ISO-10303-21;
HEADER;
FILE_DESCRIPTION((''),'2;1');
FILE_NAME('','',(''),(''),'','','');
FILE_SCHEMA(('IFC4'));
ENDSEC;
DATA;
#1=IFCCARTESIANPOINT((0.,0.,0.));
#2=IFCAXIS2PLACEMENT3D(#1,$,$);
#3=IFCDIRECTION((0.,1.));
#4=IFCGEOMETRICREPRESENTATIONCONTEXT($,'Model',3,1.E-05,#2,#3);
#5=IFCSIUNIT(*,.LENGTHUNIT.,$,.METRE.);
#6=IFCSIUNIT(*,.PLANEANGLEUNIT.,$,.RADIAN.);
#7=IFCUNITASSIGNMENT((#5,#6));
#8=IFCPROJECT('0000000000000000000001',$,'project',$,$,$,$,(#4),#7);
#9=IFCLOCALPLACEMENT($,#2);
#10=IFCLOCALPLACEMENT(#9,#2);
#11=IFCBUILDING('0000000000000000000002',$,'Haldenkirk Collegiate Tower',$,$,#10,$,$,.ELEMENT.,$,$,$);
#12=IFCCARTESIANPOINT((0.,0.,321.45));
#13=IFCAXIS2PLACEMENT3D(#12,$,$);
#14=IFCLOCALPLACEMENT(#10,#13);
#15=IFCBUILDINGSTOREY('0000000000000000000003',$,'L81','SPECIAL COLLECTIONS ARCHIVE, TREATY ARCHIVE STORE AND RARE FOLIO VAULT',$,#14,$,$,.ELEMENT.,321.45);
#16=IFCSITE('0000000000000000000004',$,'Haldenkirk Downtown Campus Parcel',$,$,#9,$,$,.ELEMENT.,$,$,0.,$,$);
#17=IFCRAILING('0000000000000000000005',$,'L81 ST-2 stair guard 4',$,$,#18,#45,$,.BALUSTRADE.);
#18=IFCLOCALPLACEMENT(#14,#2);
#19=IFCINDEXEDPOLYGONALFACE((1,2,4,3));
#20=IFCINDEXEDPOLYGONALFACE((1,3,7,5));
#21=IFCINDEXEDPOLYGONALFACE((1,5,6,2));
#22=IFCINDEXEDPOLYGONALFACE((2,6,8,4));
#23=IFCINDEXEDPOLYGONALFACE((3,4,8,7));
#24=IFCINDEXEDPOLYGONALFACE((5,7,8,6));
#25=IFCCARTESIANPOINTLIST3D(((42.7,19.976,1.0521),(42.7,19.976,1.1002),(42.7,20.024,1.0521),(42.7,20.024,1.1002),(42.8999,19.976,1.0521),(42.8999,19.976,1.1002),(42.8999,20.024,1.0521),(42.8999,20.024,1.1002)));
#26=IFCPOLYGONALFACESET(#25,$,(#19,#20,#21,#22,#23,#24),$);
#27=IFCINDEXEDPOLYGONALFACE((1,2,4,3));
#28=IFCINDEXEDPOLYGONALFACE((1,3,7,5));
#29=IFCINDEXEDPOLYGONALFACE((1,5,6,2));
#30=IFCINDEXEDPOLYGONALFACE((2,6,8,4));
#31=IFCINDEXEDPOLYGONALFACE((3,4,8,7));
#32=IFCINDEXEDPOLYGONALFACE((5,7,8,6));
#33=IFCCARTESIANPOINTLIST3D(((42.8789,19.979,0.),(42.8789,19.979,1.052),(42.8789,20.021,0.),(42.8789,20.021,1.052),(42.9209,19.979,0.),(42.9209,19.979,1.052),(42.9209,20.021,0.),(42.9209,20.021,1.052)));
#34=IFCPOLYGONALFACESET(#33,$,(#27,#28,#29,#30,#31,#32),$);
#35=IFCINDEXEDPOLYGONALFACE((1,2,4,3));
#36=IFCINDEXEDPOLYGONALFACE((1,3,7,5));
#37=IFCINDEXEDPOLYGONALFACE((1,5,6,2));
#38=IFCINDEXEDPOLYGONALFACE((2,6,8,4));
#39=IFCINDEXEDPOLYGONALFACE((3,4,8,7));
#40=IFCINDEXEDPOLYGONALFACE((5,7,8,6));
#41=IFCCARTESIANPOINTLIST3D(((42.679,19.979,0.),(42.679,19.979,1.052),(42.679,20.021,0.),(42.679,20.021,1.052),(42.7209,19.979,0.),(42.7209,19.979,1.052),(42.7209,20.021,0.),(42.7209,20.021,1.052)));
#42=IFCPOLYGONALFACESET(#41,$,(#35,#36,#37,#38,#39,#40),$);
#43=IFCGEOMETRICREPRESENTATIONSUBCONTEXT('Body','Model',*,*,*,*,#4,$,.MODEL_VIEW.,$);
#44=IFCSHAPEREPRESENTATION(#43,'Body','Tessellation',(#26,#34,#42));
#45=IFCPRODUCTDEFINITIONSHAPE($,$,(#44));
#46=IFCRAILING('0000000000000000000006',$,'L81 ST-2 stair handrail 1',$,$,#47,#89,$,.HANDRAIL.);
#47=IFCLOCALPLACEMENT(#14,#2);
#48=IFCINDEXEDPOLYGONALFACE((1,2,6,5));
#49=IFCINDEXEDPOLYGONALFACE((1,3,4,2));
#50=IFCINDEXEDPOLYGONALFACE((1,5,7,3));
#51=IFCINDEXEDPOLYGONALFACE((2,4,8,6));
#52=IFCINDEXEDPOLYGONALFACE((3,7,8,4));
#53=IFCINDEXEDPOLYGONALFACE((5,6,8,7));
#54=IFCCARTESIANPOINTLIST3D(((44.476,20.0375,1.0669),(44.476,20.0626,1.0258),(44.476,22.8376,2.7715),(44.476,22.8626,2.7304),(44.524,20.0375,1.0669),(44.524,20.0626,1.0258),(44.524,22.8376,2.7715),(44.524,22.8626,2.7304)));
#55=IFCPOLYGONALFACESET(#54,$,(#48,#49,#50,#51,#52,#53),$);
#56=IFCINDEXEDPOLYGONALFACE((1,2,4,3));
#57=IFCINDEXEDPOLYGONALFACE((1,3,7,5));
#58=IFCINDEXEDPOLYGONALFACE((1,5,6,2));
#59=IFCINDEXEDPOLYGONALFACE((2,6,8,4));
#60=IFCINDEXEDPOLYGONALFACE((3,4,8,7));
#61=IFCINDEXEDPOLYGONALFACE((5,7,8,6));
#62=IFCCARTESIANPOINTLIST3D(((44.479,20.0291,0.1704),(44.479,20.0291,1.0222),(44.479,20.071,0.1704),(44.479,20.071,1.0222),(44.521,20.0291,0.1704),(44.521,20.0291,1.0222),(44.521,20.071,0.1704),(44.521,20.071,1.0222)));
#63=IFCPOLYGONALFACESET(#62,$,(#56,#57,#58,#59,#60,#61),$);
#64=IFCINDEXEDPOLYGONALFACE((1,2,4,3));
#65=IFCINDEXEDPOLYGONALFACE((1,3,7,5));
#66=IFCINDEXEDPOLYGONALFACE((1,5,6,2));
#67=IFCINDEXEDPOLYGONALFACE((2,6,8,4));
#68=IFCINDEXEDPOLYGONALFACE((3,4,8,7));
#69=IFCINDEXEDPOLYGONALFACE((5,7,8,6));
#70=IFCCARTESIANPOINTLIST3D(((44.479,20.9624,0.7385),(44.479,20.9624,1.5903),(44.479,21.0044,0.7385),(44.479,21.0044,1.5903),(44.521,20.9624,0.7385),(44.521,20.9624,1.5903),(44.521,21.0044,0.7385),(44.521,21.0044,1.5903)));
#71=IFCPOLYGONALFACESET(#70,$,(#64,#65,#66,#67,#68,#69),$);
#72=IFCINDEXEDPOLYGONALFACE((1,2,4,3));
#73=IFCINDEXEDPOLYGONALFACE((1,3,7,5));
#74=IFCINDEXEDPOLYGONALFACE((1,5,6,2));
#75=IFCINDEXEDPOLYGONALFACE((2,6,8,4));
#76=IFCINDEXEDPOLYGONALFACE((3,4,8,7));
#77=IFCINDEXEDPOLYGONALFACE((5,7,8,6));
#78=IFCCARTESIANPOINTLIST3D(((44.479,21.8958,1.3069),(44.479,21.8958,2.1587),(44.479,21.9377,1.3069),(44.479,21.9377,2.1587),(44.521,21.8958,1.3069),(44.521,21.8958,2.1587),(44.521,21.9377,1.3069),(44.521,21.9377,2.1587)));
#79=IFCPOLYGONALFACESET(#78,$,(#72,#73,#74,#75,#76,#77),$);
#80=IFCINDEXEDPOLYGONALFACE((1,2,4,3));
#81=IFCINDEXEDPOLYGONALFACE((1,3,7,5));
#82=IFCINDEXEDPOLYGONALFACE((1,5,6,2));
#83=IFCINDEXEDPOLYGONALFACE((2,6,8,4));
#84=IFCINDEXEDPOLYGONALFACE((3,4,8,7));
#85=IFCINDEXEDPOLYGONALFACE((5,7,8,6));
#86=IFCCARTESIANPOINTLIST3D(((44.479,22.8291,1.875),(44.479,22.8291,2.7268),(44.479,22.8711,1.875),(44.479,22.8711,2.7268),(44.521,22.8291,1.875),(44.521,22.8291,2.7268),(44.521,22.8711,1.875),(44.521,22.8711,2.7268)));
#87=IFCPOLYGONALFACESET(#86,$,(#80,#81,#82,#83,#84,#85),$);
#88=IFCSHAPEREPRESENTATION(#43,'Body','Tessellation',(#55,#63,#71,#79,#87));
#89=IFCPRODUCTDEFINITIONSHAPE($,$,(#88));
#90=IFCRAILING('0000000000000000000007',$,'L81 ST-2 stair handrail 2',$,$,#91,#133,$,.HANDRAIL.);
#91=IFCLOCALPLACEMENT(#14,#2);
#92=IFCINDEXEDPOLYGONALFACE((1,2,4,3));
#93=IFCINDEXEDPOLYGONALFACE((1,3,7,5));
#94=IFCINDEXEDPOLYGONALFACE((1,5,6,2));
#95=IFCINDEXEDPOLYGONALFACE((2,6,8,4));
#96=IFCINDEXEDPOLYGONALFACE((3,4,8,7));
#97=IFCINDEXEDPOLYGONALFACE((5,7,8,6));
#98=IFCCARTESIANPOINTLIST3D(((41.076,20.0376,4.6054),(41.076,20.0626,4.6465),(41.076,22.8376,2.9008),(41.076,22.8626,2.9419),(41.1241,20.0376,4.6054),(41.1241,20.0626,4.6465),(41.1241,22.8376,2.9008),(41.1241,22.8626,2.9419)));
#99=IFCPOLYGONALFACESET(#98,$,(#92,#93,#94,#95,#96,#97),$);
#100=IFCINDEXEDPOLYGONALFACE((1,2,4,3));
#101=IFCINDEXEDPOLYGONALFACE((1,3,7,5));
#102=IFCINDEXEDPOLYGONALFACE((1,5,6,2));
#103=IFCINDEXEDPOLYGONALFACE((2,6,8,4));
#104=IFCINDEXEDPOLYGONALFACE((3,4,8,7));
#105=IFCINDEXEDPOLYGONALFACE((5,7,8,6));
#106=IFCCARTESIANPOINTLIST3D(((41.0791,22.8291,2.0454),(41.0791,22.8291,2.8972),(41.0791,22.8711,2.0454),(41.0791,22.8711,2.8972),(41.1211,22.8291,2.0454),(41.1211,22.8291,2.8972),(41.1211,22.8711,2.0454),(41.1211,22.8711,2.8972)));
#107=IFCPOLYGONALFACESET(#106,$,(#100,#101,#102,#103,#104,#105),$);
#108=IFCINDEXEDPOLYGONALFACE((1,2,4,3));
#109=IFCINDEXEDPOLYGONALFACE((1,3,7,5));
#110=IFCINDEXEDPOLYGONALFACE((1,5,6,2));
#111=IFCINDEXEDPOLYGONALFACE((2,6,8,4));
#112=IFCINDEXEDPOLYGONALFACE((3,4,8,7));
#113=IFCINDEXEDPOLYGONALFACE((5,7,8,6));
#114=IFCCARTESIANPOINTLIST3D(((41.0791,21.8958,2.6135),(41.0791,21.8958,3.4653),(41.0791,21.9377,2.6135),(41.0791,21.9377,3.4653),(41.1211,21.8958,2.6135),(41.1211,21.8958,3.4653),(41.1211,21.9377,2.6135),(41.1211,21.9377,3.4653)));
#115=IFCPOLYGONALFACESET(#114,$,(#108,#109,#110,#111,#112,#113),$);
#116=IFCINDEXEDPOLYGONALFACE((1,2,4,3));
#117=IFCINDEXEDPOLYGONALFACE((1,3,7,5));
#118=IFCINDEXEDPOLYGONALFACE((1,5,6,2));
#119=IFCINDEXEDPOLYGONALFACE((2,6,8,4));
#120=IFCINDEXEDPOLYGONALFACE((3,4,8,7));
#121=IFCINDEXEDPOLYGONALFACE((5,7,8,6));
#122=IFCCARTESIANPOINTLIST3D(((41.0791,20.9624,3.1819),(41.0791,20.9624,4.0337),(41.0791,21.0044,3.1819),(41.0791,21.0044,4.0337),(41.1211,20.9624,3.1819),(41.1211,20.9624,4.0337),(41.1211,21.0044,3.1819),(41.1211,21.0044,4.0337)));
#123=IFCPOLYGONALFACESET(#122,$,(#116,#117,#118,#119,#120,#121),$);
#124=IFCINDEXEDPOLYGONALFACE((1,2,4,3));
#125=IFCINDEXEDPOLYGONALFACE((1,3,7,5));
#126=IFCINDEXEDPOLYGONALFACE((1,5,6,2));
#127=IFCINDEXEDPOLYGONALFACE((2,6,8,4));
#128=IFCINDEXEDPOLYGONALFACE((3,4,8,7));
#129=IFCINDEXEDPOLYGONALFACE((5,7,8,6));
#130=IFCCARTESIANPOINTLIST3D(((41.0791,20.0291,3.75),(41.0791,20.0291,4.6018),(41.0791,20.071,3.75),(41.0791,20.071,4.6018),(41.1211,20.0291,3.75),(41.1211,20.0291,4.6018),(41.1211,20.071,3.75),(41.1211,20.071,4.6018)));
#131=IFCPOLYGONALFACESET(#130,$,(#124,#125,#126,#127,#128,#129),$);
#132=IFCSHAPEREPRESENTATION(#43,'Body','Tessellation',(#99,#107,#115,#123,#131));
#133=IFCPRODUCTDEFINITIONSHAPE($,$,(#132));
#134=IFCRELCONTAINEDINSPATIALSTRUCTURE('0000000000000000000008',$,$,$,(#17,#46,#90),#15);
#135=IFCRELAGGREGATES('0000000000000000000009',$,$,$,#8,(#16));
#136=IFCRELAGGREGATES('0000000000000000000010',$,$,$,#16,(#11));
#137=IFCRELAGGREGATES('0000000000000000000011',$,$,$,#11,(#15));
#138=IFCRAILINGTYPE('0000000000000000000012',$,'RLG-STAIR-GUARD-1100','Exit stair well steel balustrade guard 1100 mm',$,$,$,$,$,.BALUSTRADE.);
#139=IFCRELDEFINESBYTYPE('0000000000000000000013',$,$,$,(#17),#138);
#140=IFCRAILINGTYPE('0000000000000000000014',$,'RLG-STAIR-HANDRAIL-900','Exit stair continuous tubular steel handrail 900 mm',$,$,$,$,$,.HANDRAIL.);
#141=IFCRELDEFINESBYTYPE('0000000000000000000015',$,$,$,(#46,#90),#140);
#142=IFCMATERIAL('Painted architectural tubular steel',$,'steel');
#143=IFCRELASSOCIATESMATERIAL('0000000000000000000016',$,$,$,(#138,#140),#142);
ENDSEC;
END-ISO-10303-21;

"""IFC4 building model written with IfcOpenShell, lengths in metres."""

from ifc_helpers import new_model, si_unit, direction, frame, origin, origin_2d, place, context, subcontext, project, spatial, rectangle, extrude, material, type_object, element, save


model = new_model("IFC4")

# Units and contexts
model_context = context("Model", 3, precision=1e-05, world=origin(), true_north=direction((0.0, 1.0)))
body_context = subcontext(model_context, "Body", "Model", "MODEL_VIEW")
ifc_project = project(units=[si_unit("LENGTHUNIT", "METRE"), si_unit("PLANEANGLEUNIT", "RADIAN")], contexts=[model_context])

# Site, building, storey
site_placement = place(None, origin())
site = spatial("IfcSite", under=ifc_project, at=site_placement, Name="Haldenkirk Downtown Campus Parcel", CompositionType="ELEMENT", RefElevation=0.0)
building_placement = place(site_placement, origin())
building = spatial("IfcBuilding", under=site, at=building_placement, Name="Haldenkirk Collegiate Tower", CompositionType="ELEMENT")
storey_placement = place(building_placement, frame((0.0, 0.0, 321.45)))
storey = spatial("IfcBuildingStorey", under=building, at=storey_placement, Name="L81", Description="SPECIAL COLLECTIONS ARCHIVE, TREATY ARCHIVE STORE AND RARE FOLIO VAULT", CompositionType="ELEMENT", Elevation=321.45)

# Railings
ifc_material_1 = material(Name="Painted architectural tubular steel", Category="steel")
railing_type_1 = type_object("IfcRailingType", Name="RLG-STAIR-GUARD-1100", Description="Exit stair well steel balustrade guard 1100 mm", PredefinedType="BALUSTRADE", material=ifc_material_1)
railing_1_placement = place(storey_placement, frame((42.8999, 20.0, 0.0)))
element("IfcRailing", 1, at=railing_1_placement, inside=storey, type_object=railing_type_1, Name="L81 ST-2 stair guard 4", PredefinedType="BALUSTRADE", context=body_context, shape_type="SweptSolid", body=[
    extrude(rectangle(XDim=0.0481, YDim=0.0481, at=origin_2d()), frame((0.0, 0.0, 1.0762), z_axis=(-1.0, 0.0, 0.0), x_axis=(0.0, -1.0, 0.0)), (0.0, 0.0, 1.0), 0.2),
    extrude(rectangle(XDim=0.042, YDim=0.042, at=origin_2d()), origin(), (0.0, 0.0, 1.0), 1.052),
    extrude(rectangle(XDim=0.042, YDim=0.042, at=origin_2d()), frame((-0.2, 0.0, 0.0)), (0.0, 0.0, 1.0), 1.052),
])
railing_type_2 = type_object("IfcRailingType", Name="RLG-STAIR-HANDRAIL-900", Description="Exit stair continuous tubular steel handrail 900 mm", PredefinedType="HANDRAIL", material=ifc_material_1)
railing_2_placement = place(storey_placement, frame((44.5, 20.05, 0.1704)))
element("IfcRailing", 2, at=railing_2_placement, inside=storey, type_object=railing_type_2, Name="L81 ST-2 stair handrail 1", PredefinedType="HANDRAIL", context=body_context, shape_type="SweptSolid", body=[
    extrude(rectangle(XDim=0.0481, YDim=0.0481, at=origin_2d()), frame((0.0, 0.0, 0.876), z_axis=(0.0, 0.85417, 0.519994), x_axis=(-1.0, 0.0, 0.0)), (0.0, 0.0, 1.0), 3.2781),
    extrude(rectangle(XDim=0.042, YDim=0.042, at=origin_2d()), origin(), (0.0, 0.0, 1.0), 0.8518),
    extrude(rectangle(XDim=0.042, YDim=0.042, at=origin_2d()), frame((0.0, 0.9333, 0.5681)), (0.0, 0.0, 1.0), 0.8518),
    extrude(rectangle(XDim=0.042, YDim=0.042, at=origin_2d()), frame((0.0, 1.8667, 1.1365)), (0.0, 0.0, 1.0), 0.8518),
    extrude(rectangle(XDim=0.042, YDim=0.042, at=origin_2d()), frame((0.0, 2.8, 1.7046)), (0.0, 0.0, 1.0), 0.8518),
])
railing_3_placement = place(storey_placement, frame((41.1001, 22.8501, 2.0454)))
element("IfcRailing", 3, at=railing_3_placement, inside=storey, type_object=railing_type_2, Name="L81 ST-2 stair handrail 2", PredefinedType="HANDRAIL", context=body_context, shape_type="SweptSolid", body=[
    extrude(rectangle(XDim=0.0481, YDim=0.0481, at=origin_2d()), frame((0.0, 0.0, 0.876), z_axis=(0.0, -0.85417, 0.519994), x_axis=(1.0, 0.0, 0.0)), (0.0, 0.0, 1.0), 3.2781),
    extrude(rectangle(XDim=0.042, YDim=0.042, at=origin_2d()), origin(), (0.0, 0.0, 1.0), 0.8518),
    extrude(rectangle(XDim=0.042, YDim=0.042, at=origin_2d()), frame((0.0, -0.9333, 0.5681)), (0.0, 0.0, 1.0), 0.8518),
    extrude(rectangle(XDim=0.042, YDim=0.042, at=origin_2d()), frame((0.0, -1.8667, 1.1365)), (0.0, 0.0, 1.0), 0.8518),
    extrude(rectangle(XDim=0.042, YDim=0.042, at=origin_2d()), frame((0.0, -2.8, 1.7046)), (0.0, 0.0, 1.0), 0.8518),
])

save(model, "model.ifc")
